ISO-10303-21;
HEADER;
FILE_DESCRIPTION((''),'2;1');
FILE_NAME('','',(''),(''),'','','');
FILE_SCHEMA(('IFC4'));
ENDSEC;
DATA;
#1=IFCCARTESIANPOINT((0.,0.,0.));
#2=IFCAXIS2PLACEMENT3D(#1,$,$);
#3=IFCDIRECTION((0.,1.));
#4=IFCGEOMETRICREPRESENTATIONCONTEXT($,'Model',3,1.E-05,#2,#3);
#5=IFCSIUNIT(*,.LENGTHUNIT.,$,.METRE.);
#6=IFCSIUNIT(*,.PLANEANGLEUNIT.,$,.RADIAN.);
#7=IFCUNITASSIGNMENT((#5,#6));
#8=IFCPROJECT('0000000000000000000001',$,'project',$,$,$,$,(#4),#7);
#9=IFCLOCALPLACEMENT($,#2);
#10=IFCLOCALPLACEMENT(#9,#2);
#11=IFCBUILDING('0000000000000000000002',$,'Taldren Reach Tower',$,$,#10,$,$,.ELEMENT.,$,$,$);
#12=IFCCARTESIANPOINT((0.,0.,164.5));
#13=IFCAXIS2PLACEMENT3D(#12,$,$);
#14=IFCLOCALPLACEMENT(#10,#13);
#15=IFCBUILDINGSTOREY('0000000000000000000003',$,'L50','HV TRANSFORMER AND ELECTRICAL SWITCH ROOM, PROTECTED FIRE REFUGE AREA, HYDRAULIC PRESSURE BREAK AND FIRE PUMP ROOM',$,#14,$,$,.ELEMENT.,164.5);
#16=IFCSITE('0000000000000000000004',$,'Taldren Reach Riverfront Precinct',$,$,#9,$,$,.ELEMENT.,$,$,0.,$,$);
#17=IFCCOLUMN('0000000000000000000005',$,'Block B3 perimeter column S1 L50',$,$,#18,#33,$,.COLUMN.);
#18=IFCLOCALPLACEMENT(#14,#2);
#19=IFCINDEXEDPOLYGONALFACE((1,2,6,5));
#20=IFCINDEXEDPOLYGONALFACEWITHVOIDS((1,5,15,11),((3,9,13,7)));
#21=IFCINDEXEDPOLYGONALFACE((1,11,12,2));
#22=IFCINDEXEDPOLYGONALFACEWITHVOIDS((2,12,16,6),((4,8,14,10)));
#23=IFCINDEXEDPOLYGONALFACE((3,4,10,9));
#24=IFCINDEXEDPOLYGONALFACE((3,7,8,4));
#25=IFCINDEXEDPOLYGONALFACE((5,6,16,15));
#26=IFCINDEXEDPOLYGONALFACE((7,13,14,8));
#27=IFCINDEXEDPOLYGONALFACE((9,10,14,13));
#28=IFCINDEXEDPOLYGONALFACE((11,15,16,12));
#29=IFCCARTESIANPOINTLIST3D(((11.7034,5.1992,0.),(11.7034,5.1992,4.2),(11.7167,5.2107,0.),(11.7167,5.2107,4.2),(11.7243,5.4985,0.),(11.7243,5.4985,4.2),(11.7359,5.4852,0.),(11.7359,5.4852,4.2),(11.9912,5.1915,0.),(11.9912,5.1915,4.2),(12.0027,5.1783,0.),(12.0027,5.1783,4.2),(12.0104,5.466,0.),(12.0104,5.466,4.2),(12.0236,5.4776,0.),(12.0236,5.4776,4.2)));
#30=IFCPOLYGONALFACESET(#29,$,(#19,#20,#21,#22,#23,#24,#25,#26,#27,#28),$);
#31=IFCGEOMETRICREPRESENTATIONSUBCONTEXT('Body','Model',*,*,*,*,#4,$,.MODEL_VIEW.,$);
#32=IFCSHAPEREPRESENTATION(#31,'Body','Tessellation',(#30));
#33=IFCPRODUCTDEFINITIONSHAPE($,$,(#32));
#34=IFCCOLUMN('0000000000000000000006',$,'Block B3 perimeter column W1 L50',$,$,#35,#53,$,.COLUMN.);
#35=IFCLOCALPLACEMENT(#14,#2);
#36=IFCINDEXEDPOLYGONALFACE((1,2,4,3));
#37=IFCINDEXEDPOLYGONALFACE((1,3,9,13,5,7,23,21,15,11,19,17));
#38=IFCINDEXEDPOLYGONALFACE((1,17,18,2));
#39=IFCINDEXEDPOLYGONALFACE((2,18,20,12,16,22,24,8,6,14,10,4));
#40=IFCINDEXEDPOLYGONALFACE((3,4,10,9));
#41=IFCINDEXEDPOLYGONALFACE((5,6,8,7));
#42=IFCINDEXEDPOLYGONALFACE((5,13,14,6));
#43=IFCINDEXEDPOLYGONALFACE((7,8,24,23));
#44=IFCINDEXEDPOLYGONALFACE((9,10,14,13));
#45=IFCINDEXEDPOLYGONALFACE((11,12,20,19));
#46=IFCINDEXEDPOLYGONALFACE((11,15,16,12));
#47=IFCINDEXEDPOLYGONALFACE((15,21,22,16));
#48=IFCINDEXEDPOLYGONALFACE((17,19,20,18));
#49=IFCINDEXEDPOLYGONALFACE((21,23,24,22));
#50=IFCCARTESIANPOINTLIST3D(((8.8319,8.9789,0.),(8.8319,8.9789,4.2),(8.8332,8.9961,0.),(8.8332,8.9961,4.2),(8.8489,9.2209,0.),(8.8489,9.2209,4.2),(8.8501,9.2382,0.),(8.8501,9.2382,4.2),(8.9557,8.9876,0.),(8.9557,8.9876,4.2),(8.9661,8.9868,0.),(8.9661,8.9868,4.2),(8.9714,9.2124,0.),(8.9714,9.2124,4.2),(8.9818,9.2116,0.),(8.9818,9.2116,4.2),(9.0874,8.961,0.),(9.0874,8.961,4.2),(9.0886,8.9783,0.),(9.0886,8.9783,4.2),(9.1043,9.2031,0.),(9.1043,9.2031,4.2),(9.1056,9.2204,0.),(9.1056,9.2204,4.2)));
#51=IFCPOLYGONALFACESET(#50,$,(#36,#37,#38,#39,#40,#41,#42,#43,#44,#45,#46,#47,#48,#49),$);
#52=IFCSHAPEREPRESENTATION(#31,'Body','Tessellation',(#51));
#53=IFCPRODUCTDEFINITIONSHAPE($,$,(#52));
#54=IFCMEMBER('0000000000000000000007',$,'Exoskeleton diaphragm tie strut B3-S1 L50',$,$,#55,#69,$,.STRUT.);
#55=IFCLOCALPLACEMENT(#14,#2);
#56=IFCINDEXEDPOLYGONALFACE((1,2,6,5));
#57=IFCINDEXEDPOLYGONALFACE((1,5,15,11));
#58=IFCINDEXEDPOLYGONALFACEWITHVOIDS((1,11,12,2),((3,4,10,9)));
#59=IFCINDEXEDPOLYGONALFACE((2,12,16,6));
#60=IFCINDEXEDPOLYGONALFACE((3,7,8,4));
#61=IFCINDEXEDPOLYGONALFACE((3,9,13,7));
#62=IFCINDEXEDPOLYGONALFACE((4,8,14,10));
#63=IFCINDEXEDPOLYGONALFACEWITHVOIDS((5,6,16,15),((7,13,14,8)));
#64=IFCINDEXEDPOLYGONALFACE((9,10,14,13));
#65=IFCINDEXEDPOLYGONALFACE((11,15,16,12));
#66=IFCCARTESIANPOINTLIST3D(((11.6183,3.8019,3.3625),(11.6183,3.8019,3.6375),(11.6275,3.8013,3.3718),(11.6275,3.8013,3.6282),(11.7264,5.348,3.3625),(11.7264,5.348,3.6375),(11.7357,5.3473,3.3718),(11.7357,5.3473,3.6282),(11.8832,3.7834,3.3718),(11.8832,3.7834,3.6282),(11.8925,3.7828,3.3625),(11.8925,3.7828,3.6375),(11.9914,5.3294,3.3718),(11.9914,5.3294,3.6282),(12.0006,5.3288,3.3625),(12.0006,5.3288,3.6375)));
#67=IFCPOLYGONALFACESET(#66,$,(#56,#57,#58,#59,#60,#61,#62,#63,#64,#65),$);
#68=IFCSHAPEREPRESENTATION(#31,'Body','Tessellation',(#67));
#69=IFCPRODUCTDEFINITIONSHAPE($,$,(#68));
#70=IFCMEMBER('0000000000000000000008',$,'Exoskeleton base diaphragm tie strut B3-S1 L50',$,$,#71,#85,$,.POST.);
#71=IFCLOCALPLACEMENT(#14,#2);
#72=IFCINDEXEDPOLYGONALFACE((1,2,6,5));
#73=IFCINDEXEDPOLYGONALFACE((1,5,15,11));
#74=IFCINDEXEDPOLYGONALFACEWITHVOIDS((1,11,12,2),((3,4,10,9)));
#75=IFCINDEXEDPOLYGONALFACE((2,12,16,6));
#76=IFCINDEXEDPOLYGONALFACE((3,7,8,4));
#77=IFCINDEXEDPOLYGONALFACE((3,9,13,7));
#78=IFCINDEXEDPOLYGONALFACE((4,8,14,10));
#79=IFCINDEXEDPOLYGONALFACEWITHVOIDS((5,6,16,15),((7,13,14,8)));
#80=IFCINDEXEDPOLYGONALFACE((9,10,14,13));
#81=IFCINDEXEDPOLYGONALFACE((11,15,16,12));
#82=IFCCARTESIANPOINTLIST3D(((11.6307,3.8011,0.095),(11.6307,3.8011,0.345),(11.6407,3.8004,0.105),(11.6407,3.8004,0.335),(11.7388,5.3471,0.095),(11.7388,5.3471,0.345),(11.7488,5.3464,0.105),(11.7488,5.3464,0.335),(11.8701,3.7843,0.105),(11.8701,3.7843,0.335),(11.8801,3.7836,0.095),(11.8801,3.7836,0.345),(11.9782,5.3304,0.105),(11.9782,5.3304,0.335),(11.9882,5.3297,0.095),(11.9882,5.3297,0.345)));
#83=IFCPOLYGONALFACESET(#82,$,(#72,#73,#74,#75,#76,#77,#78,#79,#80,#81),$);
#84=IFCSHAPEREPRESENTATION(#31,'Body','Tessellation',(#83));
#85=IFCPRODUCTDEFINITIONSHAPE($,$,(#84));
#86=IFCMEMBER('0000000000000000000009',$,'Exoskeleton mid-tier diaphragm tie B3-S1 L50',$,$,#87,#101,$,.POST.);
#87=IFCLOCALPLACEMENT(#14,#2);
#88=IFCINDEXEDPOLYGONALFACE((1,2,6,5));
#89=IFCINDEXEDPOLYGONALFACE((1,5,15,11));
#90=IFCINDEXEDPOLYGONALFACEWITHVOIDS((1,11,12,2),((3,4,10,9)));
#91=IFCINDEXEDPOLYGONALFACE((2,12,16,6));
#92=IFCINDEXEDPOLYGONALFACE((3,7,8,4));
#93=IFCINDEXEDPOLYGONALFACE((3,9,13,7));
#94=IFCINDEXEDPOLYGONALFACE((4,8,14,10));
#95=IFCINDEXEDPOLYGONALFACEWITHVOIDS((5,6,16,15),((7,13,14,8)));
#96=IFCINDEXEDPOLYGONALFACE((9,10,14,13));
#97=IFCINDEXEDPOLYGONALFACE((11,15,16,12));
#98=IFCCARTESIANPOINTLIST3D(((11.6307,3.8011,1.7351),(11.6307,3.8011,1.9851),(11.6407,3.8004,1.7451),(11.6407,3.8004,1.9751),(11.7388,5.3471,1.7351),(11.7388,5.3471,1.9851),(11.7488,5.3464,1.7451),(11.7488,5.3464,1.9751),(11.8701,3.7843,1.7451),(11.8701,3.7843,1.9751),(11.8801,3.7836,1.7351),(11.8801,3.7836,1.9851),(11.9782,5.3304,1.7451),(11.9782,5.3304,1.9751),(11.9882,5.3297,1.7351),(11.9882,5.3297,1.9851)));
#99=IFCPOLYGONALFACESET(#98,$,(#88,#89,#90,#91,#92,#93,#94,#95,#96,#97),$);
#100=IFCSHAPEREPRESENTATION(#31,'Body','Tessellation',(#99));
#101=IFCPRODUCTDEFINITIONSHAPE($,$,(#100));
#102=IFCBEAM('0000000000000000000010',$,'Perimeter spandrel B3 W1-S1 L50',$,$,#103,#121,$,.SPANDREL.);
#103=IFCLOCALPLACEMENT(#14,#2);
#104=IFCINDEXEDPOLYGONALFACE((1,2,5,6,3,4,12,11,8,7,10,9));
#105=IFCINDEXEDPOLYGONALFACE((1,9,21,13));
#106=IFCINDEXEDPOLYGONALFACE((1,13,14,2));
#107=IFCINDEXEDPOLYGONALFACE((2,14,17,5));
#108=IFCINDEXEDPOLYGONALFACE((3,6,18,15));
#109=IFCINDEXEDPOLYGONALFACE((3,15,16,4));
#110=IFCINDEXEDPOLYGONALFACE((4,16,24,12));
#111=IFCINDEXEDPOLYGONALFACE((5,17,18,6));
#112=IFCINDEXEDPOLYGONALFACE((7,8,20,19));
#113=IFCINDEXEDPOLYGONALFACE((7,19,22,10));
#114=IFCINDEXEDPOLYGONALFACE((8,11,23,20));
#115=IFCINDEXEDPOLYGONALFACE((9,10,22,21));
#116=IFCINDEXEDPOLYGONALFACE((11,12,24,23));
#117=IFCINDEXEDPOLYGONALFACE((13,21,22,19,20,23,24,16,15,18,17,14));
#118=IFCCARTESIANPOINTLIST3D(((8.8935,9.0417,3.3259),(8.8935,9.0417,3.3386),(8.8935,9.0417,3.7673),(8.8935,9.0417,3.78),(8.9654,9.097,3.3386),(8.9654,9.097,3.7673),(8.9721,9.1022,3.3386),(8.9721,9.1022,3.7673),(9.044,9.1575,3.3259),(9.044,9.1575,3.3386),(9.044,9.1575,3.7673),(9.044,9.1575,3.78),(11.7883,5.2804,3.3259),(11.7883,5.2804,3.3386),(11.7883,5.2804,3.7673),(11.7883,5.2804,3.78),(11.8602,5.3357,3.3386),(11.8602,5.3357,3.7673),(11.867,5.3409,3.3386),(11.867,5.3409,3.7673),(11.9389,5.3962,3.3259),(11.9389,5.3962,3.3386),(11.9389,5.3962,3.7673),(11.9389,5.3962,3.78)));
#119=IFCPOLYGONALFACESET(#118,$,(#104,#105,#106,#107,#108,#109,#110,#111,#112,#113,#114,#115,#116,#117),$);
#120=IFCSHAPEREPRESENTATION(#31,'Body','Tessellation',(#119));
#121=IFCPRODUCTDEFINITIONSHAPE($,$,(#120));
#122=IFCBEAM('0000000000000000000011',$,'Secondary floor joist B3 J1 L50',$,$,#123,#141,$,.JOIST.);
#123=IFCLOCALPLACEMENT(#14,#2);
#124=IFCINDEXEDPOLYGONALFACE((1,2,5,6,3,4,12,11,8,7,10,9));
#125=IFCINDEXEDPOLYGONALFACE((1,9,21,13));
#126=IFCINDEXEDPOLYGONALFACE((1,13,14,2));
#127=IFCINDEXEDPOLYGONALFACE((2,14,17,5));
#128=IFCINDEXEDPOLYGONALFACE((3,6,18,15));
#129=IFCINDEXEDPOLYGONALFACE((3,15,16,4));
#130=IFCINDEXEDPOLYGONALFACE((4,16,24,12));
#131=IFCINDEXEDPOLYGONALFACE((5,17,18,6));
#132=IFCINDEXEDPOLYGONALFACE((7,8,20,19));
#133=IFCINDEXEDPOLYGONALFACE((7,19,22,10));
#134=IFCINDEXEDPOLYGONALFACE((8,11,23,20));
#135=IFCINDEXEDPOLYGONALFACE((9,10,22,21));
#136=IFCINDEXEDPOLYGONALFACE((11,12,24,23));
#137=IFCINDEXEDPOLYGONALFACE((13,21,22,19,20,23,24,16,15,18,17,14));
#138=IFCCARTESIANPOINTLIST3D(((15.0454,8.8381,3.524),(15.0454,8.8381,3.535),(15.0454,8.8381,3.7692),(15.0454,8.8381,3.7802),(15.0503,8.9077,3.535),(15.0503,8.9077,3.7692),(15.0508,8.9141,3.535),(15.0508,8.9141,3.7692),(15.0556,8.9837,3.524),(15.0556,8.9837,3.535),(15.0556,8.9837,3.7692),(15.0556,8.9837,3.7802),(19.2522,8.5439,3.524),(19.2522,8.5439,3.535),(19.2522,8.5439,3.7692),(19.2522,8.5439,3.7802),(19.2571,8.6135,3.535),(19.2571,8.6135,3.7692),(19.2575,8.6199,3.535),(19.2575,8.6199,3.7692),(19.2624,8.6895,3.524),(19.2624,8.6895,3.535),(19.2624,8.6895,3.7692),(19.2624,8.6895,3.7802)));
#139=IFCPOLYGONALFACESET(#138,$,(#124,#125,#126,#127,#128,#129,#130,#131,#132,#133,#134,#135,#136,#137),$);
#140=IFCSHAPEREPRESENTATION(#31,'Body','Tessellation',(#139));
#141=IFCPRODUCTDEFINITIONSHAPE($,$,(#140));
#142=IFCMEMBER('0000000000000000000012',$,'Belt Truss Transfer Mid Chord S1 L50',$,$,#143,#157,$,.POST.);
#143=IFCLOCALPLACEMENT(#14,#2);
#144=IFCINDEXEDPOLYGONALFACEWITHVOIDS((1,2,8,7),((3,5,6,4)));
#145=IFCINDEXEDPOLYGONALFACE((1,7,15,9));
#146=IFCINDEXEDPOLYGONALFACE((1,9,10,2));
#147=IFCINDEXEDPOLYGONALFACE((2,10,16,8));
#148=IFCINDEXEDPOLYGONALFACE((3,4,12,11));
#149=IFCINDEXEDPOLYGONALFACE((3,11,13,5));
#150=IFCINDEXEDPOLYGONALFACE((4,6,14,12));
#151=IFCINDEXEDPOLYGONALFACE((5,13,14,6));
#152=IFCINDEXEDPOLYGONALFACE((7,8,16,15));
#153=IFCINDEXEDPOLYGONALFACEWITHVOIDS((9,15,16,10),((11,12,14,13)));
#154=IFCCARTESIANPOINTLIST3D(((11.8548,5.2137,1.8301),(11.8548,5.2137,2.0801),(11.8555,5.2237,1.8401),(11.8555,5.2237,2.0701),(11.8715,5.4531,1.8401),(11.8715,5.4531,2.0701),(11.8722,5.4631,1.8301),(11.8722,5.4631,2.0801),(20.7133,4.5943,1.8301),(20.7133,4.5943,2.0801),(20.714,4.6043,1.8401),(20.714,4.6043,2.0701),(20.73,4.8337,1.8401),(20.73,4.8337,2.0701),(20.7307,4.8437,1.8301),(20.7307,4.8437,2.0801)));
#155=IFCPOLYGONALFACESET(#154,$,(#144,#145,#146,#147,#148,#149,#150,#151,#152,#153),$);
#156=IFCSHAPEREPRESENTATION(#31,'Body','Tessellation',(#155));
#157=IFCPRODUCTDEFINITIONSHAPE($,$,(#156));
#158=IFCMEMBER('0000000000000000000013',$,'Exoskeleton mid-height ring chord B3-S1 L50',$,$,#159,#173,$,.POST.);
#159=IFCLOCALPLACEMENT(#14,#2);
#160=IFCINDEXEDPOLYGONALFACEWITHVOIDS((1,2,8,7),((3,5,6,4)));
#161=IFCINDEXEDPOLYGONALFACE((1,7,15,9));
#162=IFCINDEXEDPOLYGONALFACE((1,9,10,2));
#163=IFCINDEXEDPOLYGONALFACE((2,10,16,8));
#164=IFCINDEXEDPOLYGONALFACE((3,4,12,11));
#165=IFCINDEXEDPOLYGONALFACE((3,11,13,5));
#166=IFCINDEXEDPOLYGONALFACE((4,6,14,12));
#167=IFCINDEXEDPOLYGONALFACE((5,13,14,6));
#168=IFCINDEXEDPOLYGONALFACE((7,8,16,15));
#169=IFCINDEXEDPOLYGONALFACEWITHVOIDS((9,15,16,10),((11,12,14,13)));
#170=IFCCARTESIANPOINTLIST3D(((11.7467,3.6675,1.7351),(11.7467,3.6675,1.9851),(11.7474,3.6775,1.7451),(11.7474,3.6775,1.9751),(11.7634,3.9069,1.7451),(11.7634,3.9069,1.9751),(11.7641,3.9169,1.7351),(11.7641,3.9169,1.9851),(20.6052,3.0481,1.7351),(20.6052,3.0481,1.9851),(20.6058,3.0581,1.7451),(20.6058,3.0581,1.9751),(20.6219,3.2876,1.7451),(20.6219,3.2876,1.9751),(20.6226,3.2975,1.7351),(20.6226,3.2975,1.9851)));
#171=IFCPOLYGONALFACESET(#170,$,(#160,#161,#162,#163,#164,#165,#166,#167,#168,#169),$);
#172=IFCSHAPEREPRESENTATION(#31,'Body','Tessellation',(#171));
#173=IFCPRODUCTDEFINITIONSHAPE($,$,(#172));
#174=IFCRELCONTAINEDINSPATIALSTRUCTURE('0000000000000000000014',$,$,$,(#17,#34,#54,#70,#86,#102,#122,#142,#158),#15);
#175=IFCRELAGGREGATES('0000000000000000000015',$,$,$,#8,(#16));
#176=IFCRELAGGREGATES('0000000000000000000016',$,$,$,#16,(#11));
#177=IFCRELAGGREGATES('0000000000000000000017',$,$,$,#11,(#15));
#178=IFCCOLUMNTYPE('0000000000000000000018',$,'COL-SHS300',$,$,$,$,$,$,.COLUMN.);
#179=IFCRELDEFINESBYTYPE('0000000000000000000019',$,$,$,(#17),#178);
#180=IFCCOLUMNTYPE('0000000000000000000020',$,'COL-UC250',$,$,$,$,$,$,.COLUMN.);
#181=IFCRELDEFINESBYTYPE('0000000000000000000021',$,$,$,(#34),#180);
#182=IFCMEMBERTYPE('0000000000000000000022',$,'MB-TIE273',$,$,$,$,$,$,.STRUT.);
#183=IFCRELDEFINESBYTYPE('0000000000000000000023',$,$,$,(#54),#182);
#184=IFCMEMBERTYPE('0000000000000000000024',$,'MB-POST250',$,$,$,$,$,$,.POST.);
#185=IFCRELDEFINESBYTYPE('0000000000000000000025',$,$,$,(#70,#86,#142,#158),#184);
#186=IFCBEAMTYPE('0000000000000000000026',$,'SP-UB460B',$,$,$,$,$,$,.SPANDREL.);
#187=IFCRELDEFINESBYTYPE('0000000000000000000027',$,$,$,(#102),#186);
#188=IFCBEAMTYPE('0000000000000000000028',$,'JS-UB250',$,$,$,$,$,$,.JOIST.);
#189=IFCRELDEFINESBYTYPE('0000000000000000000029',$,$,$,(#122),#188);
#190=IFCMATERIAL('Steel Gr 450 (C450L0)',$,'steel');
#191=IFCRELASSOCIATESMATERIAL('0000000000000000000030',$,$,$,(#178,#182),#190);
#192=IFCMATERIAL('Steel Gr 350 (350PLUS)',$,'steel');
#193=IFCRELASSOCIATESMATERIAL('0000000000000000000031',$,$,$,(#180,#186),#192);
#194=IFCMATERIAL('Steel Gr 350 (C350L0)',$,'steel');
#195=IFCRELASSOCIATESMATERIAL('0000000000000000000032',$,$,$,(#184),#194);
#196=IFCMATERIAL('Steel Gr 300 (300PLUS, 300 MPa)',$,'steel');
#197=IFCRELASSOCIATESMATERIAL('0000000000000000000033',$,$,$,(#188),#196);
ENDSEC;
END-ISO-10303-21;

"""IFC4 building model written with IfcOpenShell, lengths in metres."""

from ifc_helpers import new_model, si_unit, direction, frame, origin, origin_2d, place, context, subcontext, project, spatial, hollow_rectangle, i_section, extrude, source, transform, mapped, material, material_profile, profile_set, type_object, element, save


model = new_model("IFC4")

# Units and contexts
model_context = context("Model", 3, precision=1e-05, world=origin(), true_north=direction((0.0, 1.0)))
body_context = subcontext(model_context, "Body", "Model", "MODEL_VIEW")
ifc_project = project(units=[si_unit("LENGTHUNIT", "METRE"), si_unit("PLANEANGLEUNIT", "RADIAN")], contexts=[model_context])

# Site, building, storey
site_placement = place(None, origin())
site = spatial("IfcSite", under=ifc_project, at=site_placement, Name="Taldren Reach Riverfront Precinct", CompositionType="ELEMENT", RefElevation=0.0)
building_placement = place(site_placement, origin())
building = spatial("IfcBuilding", under=site, at=building_placement, Name="Taldren Reach Tower", CompositionType="ELEMENT")
storey_placement = place(building_placement, frame((0.0, 0.0, 164.5)))
storey = spatial("IfcBuildingStorey", under=building, at=storey_placement, Name="L50", Description="HV TRANSFORMER AND ELECTRICAL SWITCH ROOM, PROTECTED FIRE REFUGE AREA, HYDRAULIC PRESSURE BREAK AND FIRE PUMP ROOM", CompositionType="ELEMENT", Elevation=164.5)

# Columns
ifc_material_1 = material(Name="Steel Gr 450 (C450L0)", Category="steel")
ifc_material_profile_1 = material_profile(ifc_material_1, hollow_rectangle(XDim=0.3, YDim=0.3, WallThickness=0.0125, at=origin_2d()), Name="300x300x12.5SHS")
ifc_profile_set_1 = profile_set([ifc_material_profile_1], Name="Steel Gr 450 (C450L0)")
column_type_1 = type_object("IfcColumnType", Name="COL-SHS300", PredefinedType="COLUMN", material=ifc_profile_set_1)
shared_shape_1 = source(origin(), body_context, "Body", "SweptSolid", [
    extrude(hollow_rectangle(XDim=0.3, YDim=0.3, WallThickness=0.0125, at=origin_2d()), origin(), (0.0, 0.0, 1.0), 4.2),
])
column_1_placement = place(storey_placement, frame((11.8635, 5.3384, 0.0), z_axis=(0.0, 0.0, 1.0), x_axis=(0.997564, -0.069756, 0.0)))
element("IfcColumn", 1, at=column_1_placement, inside=storey, type_object=column_type_1, Name="Block B3 perimeter column S1 L50", PredefinedType="COLUMN", context=body_context, shape_type="MappedRepresentation", body=[
    mapped(shared_shape_1, transform((0.0, 0.0, 0.0), scale=1.0)),
])
ifc_material_2 = material(Name="Steel Gr 350 (350PLUS)", Category="steel")
ifc_material_profile_2 = material_profile(ifc_material_2, i_section(OverallWidth=0.2561, OverallDepth=0.26, WebThickness=0.0105, FlangeThickness=0.0173, at=origin_2d()), Name="250UC89.5")
ifc_profile_set_2 = profile_set([ifc_material_profile_2], Name="Steel Gr 350 (350PLUS)")
column_type_2 = type_object("IfcColumnType", Name="COL-UC250", PredefinedType="COLUMN", material=ifc_profile_set_2)
shared_shape_2 = source(origin(), body_context, "Body", "SweptSolid", [
    extrude(i_section(OverallWidth=0.2561, OverallDepth=0.26, WebThickness=0.0105, FlangeThickness=0.0173, at=origin_2d()), origin(), (0.0, 0.0, 1.0), 4.2),
])
column_2_placement = place(storey_placement, frame((8.9688, 9.0996, 0.0), z_axis=(0.0, 0.0, 1.0), x_axis=(0.997564, -0.069756, 0.0)))
element("IfcColumn", 2, at=column_2_placement, inside=storey, type_object=column_type_2, Name="Block B3 perimeter column W1 L50", PredefinedType="COLUMN", context=body_context, shape_type="MappedRepresentation", body=[
    mapped(shared_shape_2, transform((0.0, 0.0, 0.0), scale=1.0)),
])

# Members
ifc_material_profile_3 = material_profile(ifc_material_1, hollow_rectangle(XDim=0.2749, YDim=0.2749, WallThickness=0.0093, at=origin_2d()), Name="275x275x9.3SHS")
ifc_profile_set_3 = profile_set([ifc_material_profile_3], Name="Steel Gr 450 (C450L0)")
member_type_1 = type_object("IfcMemberType", Name="MB-TIE273", PredefinedType="STRUT", material=ifc_profile_set_3)
shared_shape_3 = source(origin(), body_context, "Body", "SweptSolid", [
    extrude(hollow_rectangle(XDim=0.2749, YDim=0.2749, WallThickness=0.0093, at=origin_2d()), origin(), (0.0, 0.0, 1.0), 1.5498),
])
member_1_placement = place(storey_placement, frame((11.8635, 5.3384, 3.5), z_axis=(-0.069781, -0.997562, 0.0), x_axis=(0.997562, -0.069781, 0.0)))
element("IfcMember", 3, at=member_1_placement, inside=storey, type_object=member_type_1, Name="Exoskeleton diaphragm tie strut B3-S1 L50", PredefinedType="STRUT", context=body_context, shape_type="MappedRepresentation", body=[
    mapped(shared_shape_3, transform((0.0, 0.0, 0.0), scale=1.0)),
])
ifc_material_3 = material(Name="Steel Gr 350 (C350L0)", Category="steel")
ifc_material_profile_4 = material_profile(ifc_material_3, hollow_rectangle(XDim=0.25, YDim=0.25, WallThickness=0.01, at=origin_2d()), Name="250x250x10.0SHS")
ifc_profile_set_4 = profile_set([ifc_material_profile_4], Name="Steel Gr 350 (C350L0)")
member_type_2 = type_object("IfcMemberType", Name="MB-POST250", PredefinedType="POST", material=ifc_profile_set_4)
shared_shape_4 = source(origin(), body_context, "Body", "SweptSolid", [
    extrude(hollow_rectangle(XDim=0.25, YDim=0.25, WallThickness=0.01, at=origin_2d()), origin(), (0.0, 0.0, 1.0), 1.5498),
])
for number, where, z_axis, x_axis, name in (
    (4, (11.8635, 5.3384, 0.22), (-0.069781, -0.997562, 0.0), (0.997562, -0.069781, 0.0), "Exoskeleton base diaphragm tie strut B3-S1 L50"),
    (5, (11.8635, 5.3384, 1.8601), (-0.069781, -0.997562, 0.0), (0.997562, -0.069781, 0.0), "Exoskeleton mid-tier diaphragm tie B3-S1 L50"),
):
    element("IfcMember", number, at=place(storey_placement, frame(where, z_axis=z_axis, x_axis=x_axis)), inside=storey, type_object=member_type_2, Name=name, PredefinedType="POST", context=body_context, shape_type="MappedRepresentation", body=[
        mapped(shared_shape_4, transform((0.0, 0.0, 0.0), scale=1.0)),
    ])

# Beams
ifc_material_profile_5 = material_profile(ifc_material_2, i_section(OverallWidth=0.1899, OverallDepth=0.4541, WebThickness=0.0085, FlangeThickness=0.0127, at=origin_2d()), Name="460UB67.1")
ifc_profile_set_5 = profile_set([ifc_material_profile_5], Name="Steel Gr 350 (350PLUS)")
beam_type_1 = type_object("IfcBeamType", Name="SP-UB460B", PredefinedType="SPANDREL", material=ifc_profile_set_5)
shared_shape_5 = source(origin(), body_context, "Body", "SweptSolid", [
    extrude(i_section(OverallWidth=0.1899, OverallDepth=0.4541, WebThickness=0.0085, FlangeThickness=0.0127, at=origin_2d()), origin(), (0.0, 0.0, 1.0), 4.7463),
])
beam_1_placement = place(storey_placement, frame((8.9688, 9.0996, 3.553), z_axis=(0.609912, -0.792469, 0.0), x_axis=(0.792469, 0.609912, 0.0)))
element("IfcBeam", 6, at=beam_1_placement, inside=storey, type_object=beam_type_1, Name="Perimeter spandrel B3 W1-S1 L50", PredefinedType="SPANDREL", context=body_context, shape_type="MappedRepresentation", body=[
    mapped(shared_shape_5, transform((0.0, 0.0, 0.0), scale=1.0)),
])
ifc_material_4 = material(Name="Steel Gr 300 (300PLUS, 300 MPa)", Category="steel")
ifc_material_profile_6 = material_profile(ifc_material_4, i_section(OverallWidth=0.146, OverallDepth=0.2561, WebThickness=0.0063, FlangeThickness=0.011, at=origin_2d()), Name="250UB37.3")
ifc_profile_set_6 = profile_set([ifc_material_profile_6], Name="Steel Gr 300 (300PLUS, 300 MPa)")
beam_type_2 = type_object("IfcBeamType", Name="JS-UB250", PredefinedType="JOIST", material=ifc_profile_set_6)
shared_shape_6 = source(origin(), body_context, "Body", "SweptSolid", [
    extrude(i_section(OverallWidth=0.146, OverallDepth=0.2561, WebThickness=0.0063, FlangeThickness=0.011, at=origin_2d()), origin(), (0.0, 0.0, 1.0), 4.217),
])
beam_2_placement = place(storey_placement, frame((15.0505, 8.9109, 3.6521), z_axis=(0.997564, -0.069762, 0.0), x_axis=(0.069762, 0.997564, 0.0)))
element("IfcBeam", 7, at=beam_2_placement, inside=storey, type_object=beam_type_2, Name="Secondary floor joist B3 J1 L50", PredefinedType="JOIST", context=body_context, shape_type="MappedRepresentation", body=[
    mapped(shared_shape_6, transform((0.0, 0.0, 0.0), scale=1.0)),
])

# Members
shared_shape_7 = source(origin(), body_context, "Body", "SweptSolid", [
    extrude(hollow_rectangle(XDim=0.25, YDim=0.25, WallThickness=0.01, at=origin_2d()), origin(), (0.0, 0.0, 1.0), 8.8801),
])
for number, where, z_axis, x_axis, name in (
    (8, (11.8635, 5.3384, 1.9551), (0.997564, -0.06975, 0.0), (0.06975, 0.997564, 0.0), "Belt Truss Transfer Mid Chord S1 L50"),
    (9, (11.7554, 3.7922, 1.8601), (0.997564, -0.06975, 0.0), (0.06975, 0.997564, 0.0), "Exoskeleton mid-height ring chord B3-S1 L50"),
):
    element("IfcMember", number, at=place(storey_placement, frame(where, z_axis=z_axis, x_axis=x_axis)), inside=storey, type_object=member_type_2, Name=name, PredefinedType="POST", context=body_context, shape_type="MappedRepresentation", body=[
        mapped(shared_shape_7, transform((0.0, 0.0, 0.0), scale=1.0)),
    ])

save(model, "model.ifc")
